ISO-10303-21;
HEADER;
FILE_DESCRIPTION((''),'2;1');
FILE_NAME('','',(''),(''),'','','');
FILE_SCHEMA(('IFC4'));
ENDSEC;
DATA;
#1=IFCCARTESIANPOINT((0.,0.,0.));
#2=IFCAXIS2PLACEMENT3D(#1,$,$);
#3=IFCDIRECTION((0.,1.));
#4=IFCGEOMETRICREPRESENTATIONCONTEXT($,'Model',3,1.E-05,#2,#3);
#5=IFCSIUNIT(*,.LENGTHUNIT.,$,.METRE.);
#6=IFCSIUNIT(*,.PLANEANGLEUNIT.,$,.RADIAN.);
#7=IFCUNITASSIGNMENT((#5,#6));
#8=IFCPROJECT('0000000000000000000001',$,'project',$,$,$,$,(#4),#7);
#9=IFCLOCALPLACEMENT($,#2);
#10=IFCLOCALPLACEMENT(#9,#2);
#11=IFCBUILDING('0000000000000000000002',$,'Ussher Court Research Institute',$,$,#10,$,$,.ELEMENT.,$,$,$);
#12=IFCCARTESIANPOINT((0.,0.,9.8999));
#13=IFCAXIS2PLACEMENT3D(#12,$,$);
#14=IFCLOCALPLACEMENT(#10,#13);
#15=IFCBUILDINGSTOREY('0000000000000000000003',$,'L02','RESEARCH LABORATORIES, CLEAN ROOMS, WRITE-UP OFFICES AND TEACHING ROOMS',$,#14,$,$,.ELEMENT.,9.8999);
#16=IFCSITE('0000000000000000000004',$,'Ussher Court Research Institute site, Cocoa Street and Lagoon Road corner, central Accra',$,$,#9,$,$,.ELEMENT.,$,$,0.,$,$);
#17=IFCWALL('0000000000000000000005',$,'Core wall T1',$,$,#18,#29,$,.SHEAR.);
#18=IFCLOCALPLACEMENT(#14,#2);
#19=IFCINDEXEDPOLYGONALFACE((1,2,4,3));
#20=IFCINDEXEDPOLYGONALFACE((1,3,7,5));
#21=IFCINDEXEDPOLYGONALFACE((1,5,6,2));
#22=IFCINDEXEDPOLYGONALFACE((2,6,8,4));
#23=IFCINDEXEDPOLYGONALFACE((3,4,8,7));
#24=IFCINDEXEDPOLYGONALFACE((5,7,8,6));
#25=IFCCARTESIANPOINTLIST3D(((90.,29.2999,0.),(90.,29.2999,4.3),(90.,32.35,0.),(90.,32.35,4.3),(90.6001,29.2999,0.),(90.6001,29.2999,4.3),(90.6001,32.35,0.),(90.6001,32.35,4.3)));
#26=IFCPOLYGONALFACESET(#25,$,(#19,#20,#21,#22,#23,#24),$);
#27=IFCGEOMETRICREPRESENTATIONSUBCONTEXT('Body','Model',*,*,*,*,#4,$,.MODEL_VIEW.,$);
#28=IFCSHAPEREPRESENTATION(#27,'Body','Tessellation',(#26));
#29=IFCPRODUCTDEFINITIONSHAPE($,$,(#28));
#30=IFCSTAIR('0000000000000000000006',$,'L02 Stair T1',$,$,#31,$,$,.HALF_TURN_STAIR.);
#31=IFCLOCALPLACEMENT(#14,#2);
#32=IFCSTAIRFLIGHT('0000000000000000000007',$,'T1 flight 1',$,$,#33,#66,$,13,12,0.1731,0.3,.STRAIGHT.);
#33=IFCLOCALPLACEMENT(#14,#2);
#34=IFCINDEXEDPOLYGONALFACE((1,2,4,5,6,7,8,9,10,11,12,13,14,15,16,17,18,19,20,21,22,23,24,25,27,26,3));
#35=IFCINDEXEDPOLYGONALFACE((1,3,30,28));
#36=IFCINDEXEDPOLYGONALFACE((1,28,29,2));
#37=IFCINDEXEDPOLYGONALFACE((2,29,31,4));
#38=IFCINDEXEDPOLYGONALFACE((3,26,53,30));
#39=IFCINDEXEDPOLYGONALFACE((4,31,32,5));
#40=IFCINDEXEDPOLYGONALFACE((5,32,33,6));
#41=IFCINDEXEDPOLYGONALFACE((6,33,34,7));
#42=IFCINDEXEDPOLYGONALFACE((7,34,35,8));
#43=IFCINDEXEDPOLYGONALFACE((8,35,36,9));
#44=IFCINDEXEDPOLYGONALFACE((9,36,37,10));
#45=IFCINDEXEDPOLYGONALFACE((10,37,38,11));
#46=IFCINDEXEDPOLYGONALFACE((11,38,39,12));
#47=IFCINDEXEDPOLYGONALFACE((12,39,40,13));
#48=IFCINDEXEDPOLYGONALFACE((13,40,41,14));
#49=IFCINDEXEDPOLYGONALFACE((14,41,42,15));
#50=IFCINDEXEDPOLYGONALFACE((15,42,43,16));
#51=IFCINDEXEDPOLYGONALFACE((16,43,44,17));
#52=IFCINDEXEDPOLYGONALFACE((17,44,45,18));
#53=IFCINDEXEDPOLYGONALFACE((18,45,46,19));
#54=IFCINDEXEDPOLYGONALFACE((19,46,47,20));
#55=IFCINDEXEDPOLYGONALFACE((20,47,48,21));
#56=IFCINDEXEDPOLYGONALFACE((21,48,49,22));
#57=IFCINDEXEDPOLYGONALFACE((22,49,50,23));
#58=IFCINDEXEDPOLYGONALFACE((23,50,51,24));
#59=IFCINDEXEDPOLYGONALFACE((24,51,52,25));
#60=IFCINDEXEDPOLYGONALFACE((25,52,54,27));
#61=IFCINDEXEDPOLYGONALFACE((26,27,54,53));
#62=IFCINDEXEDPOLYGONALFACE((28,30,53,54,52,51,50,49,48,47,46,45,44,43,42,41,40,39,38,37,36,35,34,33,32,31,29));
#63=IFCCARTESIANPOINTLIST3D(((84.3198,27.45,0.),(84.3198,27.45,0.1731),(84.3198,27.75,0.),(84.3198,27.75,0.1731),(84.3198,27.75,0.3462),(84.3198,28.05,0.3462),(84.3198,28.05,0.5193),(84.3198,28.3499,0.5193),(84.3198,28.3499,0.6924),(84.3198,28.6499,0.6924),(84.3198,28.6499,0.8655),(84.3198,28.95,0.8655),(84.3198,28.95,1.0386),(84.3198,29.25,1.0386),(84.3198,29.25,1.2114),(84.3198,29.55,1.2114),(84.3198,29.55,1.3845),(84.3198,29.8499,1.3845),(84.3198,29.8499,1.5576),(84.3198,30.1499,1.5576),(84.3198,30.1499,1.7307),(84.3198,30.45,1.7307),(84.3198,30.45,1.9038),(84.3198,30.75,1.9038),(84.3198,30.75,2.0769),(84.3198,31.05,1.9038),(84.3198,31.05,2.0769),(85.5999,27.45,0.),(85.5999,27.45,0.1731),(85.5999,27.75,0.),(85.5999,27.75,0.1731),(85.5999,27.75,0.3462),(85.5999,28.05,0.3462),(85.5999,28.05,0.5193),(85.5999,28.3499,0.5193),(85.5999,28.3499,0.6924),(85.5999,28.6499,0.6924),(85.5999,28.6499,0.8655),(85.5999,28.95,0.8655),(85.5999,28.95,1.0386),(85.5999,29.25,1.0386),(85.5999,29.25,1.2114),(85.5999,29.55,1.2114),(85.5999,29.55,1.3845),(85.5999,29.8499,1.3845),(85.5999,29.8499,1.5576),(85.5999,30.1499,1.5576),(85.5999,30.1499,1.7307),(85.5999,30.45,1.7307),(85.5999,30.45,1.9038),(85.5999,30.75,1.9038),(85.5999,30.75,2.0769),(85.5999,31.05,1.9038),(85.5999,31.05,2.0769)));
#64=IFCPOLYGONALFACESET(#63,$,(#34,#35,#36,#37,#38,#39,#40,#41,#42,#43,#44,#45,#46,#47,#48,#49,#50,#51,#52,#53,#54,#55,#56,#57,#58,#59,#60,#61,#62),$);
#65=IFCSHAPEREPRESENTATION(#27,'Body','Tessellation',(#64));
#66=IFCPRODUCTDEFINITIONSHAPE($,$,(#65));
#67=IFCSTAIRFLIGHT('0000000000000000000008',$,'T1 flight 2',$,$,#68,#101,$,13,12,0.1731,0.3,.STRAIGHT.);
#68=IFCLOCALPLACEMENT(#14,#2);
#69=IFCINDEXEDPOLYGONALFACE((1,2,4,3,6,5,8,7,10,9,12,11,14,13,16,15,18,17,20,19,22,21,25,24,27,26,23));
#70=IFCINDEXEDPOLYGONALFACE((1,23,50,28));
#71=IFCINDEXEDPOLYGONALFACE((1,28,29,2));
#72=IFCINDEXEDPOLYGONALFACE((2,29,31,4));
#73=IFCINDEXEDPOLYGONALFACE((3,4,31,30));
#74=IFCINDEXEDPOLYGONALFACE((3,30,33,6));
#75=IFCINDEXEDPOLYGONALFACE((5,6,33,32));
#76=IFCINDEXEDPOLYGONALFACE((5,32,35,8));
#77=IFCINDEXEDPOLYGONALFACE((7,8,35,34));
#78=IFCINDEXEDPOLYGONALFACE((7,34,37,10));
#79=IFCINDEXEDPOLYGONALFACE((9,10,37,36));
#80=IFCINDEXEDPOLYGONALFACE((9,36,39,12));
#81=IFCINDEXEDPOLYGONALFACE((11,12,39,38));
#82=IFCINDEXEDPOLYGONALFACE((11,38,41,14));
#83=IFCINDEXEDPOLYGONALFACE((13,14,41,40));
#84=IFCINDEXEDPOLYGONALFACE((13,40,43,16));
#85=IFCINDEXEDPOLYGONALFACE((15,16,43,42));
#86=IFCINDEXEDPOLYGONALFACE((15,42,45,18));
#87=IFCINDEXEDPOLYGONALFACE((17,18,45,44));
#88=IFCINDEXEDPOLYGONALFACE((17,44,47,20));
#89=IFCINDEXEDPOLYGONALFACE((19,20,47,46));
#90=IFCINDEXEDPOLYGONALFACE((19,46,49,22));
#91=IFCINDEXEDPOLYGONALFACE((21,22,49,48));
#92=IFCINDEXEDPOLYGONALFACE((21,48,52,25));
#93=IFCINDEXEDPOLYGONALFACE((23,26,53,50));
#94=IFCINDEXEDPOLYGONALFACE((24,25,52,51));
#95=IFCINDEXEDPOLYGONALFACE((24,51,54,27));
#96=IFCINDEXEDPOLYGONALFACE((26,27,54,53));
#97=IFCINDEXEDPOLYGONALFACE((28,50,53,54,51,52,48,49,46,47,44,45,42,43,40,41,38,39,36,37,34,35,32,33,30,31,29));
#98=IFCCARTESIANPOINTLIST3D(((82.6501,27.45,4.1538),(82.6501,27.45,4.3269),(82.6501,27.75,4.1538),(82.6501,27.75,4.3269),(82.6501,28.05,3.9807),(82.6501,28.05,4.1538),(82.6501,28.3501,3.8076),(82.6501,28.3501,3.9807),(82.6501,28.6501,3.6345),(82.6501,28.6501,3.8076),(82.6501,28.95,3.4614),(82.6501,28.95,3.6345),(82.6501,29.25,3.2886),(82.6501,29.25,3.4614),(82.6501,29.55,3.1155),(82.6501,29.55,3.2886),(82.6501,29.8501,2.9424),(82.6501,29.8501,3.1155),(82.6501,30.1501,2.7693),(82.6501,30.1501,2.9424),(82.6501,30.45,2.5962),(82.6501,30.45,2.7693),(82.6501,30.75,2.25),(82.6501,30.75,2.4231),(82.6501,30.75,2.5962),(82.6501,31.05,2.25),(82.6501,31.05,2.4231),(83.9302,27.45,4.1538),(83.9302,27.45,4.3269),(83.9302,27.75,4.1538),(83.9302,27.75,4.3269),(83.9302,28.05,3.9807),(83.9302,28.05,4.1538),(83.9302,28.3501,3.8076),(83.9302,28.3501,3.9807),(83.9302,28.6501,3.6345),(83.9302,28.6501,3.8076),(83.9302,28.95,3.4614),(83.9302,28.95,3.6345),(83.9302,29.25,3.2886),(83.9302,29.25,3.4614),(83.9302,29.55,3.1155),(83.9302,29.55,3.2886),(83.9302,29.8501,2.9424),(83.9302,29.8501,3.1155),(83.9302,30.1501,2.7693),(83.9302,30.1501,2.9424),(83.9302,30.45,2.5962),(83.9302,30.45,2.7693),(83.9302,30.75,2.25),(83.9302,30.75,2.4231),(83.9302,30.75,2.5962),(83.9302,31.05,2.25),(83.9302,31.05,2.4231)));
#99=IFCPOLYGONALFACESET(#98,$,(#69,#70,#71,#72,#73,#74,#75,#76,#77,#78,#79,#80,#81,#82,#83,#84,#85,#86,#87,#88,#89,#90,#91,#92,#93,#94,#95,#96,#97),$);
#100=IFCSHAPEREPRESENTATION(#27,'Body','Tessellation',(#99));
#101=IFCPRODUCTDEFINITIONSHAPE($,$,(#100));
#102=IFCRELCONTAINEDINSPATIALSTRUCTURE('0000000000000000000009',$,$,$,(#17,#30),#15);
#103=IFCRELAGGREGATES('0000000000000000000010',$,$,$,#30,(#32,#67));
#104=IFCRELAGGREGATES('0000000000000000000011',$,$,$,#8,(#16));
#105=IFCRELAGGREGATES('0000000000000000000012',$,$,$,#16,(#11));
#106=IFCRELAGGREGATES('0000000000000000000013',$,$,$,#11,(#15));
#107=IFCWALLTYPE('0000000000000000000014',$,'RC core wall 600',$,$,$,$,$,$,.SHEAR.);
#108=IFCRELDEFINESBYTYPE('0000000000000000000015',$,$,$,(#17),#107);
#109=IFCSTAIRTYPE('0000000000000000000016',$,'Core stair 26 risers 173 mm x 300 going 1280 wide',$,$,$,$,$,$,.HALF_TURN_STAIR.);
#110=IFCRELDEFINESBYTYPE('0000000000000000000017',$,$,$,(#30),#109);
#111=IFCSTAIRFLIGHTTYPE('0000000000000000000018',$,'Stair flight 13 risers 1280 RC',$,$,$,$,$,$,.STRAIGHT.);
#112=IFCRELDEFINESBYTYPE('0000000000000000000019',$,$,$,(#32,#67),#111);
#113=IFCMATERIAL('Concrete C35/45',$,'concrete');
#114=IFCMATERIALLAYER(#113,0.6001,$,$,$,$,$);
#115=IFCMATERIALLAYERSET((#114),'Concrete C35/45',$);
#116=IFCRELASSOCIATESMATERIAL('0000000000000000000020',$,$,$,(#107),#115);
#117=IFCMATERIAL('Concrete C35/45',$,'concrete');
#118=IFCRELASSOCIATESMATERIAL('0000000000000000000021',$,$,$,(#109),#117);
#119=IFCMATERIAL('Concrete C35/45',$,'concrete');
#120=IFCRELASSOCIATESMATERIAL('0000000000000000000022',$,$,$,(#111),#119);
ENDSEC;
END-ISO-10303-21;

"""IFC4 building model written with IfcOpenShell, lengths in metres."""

from ifc_helpers import new_model, si_unit, direction, frame, frame_2d, origin, place, context, subcontext, project, spatial, polyline, rectangle, outline, extrude, material, layer, layer_set, type_object, element, aggregate, save


model = new_model("IFC4")

# Units and contexts
model_context = context("Model", 3, precision=1e-05, world=origin(), true_north=direction((0.0, 1.0)))
body_context = subcontext(model_context, "Body", "Model", "MODEL_VIEW")
ifc_project = project(units=[si_unit("LENGTHUNIT", "METRE"), si_unit("PLANEANGLEUNIT", "RADIAN")], contexts=[model_context])

# Site, building, storey
site_placement = place(None, origin())
site = spatial("IfcSite", under=ifc_project, at=site_placement, Name="Ussher Court Research Institute site, Cocoa Street and Lagoon Road corner, central Accra", CompositionType="ELEMENT", RefElevation=0.0)
building_placement = place(site_placement, origin())
building = spatial("IfcBuilding", under=site, at=building_placement, Name="Ussher Court Research Institute", CompositionType="ELEMENT")
storey_placement = place(building_placement, frame((0.0, 0.0, 9.8999)))
storey = spatial("IfcBuildingStorey", under=building, at=storey_placement, Name="L02", Description="RESEARCH LABORATORIES, CLEAN ROOMS, WRITE-UP OFFICES AND TEACHING ROOMS", CompositionType="ELEMENT", Elevation=9.8999)

# Wall
ifc_material_1 = material(Name="Concrete C35/45", Category="concrete")
ifc_layer_1 = layer(ifc_material_1, 0.6001)
ifc_layer_set_1 = layer_set([ifc_layer_1], Name="Concrete C35/45")
wall_type_1 = type_object("IfcWallType", Name="RC core wall 600", PredefinedType="SHEAR", material=ifc_layer_set_1)
wall_1_placement = place(storey_placement, frame((90.3, 29.3, 0.0), z_axis=(0.0, 0.0, 1.0), x_axis=(0.0, 1.0, 0.0)))
element("IfcWall", 1, at=wall_1_placement, inside=storey, type_object=wall_type_1, Name="Core wall T1", PredefinedType="SHEAR", context=body_context, shape_type="SweptSolid", body=[
    extrude(rectangle(XDim=3.05, YDim=0.6001, at=frame_2d((1.5249, 0.0))), origin(), (0.0, 0.0, 1.0), 4.3),
])

# Stair, stair flights
ifc_material_2 = material(Name="Concrete C35/45", Category="concrete")
stair_type = type_object("IfcStairType", Name="Core stair 26 risers 173 mm x 300 going 1280 wide", PredefinedType="HALF_TURN_STAIR", material=ifc_material_2)
stair_placement = place(storey_placement, origin())
stair = element("IfcStair", 2, at=stair_placement, inside=storey, type_object=stair_type, Name="L02 Stair T1", PredefinedType="HALF_TURN_STAIR")
ifc_material_3 = material(Name="Concrete C35/45", Category="concrete")
stair_flight_type = type_object("IfcStairFlightType", Name="Stair flight 13 risers 1280 RC", PredefinedType="STRAIGHT", material=ifc_material_3)
stair_flight_1_placement = place(storey_placement, frame((84.96, 27.45, 0.0), z_axis=(0.0, 0.0, 1.0), x_axis=(0.0, 1.0, 0.0)))
stair_flight_1 = element("IfcStairFlight", 3, at=stair_flight_1_placement, type_object=stair_flight_type, Name="T1 flight 1", NumberOfRisers=13, NumberOfTreads=12, PredefinedType="STRAIGHT", RiserHeight=0.1731, TreadLength=0.3, context=body_context, shape_type="SweptSolid", body=[
    extrude(outline(polyline([(0.0, 0.0), (0.0, 0.1731), (0.3, 0.1731), (0.3, 0.3462), (0.6001, 0.3462), (0.6001, 0.5193), (0.8999, 0.5193), (0.8999, 0.6924), (1.2, 0.6924), (1.2, 0.8655), (1.5, 0.8655), (1.5, 1.0386), (1.8, 1.0386), (1.8, 1.2114), (2.1001, 1.2114), (2.1001, 1.3845), (2.3999, 1.3845), (2.3999, 1.5576), (2.7, 1.5576), (2.7, 1.7307), (3.0, 1.7307), (3.0, 1.9038), (3.3, 1.9038), (3.3, 2.0769), (3.6001, 2.0769), (3.6001, 2.25), (3.6001, 1.9038), (0.3, 0.0), (0.0, 0.0)])), frame((0.0, 0.6401, 0.0), z_axis=(0.0, -1.0, 0.0), x_axis=(1.0, 0.0, 0.0)), (0.0, 0.0, 1.0), 1.28),
])
stair_flight_2_placement = place(storey_placement, frame((83.29, 31.05, 2.25), z_axis=(0.0, 0.0, 1.0), x_axis=(0.0, -1.0, 0.0)))
stair_flight_2 = element("IfcStairFlight", 4, at=stair_flight_2_placement, type_object=stair_flight_type, Name="T1 flight 2", NumberOfRisers=13, NumberOfTreads=12, PredefinedType="STRAIGHT", RiserHeight=0.1731, TreadLength=0.3, context=body_context, shape_type="SweptSolid", body=[
    extrude(outline(polyline([(0.0, 0.0), (0.0, 0.1731), (0.3, 0.1731), (0.3, 0.3462), (0.6001, 0.3462), (0.6001, 0.5193), (0.8999, 0.5193), (0.8999, 0.6924), (1.2, 0.6924), (1.2, 0.8655), (1.5, 0.8655), (1.5, 1.0386), (1.8, 1.0386), (1.8, 1.2114), (2.1001, 1.2114), (2.1001, 1.3845), (2.3999, 1.3845), (2.3999, 1.5576), (2.7, 1.5576), (2.7, 1.7307), (3.0, 1.7307), (3.0, 1.9038), (3.3, 1.9038), (3.3, 2.0769), (3.6001, 2.0769), (3.6001, 2.25), (3.6001, 1.9038), (0.3, 0.0), (0.0, 0.0)])), frame((0.0, 0.6401, 0.0), z_axis=(0.0, -1.0, 0.0), x_axis=(1.0, 0.0, 0.0)), (0.0, 0.0, 1.0), 1.28),
])
aggregate(stair, [stair_flight_1, stair_flight_2])

save(model, "model.ifc")
